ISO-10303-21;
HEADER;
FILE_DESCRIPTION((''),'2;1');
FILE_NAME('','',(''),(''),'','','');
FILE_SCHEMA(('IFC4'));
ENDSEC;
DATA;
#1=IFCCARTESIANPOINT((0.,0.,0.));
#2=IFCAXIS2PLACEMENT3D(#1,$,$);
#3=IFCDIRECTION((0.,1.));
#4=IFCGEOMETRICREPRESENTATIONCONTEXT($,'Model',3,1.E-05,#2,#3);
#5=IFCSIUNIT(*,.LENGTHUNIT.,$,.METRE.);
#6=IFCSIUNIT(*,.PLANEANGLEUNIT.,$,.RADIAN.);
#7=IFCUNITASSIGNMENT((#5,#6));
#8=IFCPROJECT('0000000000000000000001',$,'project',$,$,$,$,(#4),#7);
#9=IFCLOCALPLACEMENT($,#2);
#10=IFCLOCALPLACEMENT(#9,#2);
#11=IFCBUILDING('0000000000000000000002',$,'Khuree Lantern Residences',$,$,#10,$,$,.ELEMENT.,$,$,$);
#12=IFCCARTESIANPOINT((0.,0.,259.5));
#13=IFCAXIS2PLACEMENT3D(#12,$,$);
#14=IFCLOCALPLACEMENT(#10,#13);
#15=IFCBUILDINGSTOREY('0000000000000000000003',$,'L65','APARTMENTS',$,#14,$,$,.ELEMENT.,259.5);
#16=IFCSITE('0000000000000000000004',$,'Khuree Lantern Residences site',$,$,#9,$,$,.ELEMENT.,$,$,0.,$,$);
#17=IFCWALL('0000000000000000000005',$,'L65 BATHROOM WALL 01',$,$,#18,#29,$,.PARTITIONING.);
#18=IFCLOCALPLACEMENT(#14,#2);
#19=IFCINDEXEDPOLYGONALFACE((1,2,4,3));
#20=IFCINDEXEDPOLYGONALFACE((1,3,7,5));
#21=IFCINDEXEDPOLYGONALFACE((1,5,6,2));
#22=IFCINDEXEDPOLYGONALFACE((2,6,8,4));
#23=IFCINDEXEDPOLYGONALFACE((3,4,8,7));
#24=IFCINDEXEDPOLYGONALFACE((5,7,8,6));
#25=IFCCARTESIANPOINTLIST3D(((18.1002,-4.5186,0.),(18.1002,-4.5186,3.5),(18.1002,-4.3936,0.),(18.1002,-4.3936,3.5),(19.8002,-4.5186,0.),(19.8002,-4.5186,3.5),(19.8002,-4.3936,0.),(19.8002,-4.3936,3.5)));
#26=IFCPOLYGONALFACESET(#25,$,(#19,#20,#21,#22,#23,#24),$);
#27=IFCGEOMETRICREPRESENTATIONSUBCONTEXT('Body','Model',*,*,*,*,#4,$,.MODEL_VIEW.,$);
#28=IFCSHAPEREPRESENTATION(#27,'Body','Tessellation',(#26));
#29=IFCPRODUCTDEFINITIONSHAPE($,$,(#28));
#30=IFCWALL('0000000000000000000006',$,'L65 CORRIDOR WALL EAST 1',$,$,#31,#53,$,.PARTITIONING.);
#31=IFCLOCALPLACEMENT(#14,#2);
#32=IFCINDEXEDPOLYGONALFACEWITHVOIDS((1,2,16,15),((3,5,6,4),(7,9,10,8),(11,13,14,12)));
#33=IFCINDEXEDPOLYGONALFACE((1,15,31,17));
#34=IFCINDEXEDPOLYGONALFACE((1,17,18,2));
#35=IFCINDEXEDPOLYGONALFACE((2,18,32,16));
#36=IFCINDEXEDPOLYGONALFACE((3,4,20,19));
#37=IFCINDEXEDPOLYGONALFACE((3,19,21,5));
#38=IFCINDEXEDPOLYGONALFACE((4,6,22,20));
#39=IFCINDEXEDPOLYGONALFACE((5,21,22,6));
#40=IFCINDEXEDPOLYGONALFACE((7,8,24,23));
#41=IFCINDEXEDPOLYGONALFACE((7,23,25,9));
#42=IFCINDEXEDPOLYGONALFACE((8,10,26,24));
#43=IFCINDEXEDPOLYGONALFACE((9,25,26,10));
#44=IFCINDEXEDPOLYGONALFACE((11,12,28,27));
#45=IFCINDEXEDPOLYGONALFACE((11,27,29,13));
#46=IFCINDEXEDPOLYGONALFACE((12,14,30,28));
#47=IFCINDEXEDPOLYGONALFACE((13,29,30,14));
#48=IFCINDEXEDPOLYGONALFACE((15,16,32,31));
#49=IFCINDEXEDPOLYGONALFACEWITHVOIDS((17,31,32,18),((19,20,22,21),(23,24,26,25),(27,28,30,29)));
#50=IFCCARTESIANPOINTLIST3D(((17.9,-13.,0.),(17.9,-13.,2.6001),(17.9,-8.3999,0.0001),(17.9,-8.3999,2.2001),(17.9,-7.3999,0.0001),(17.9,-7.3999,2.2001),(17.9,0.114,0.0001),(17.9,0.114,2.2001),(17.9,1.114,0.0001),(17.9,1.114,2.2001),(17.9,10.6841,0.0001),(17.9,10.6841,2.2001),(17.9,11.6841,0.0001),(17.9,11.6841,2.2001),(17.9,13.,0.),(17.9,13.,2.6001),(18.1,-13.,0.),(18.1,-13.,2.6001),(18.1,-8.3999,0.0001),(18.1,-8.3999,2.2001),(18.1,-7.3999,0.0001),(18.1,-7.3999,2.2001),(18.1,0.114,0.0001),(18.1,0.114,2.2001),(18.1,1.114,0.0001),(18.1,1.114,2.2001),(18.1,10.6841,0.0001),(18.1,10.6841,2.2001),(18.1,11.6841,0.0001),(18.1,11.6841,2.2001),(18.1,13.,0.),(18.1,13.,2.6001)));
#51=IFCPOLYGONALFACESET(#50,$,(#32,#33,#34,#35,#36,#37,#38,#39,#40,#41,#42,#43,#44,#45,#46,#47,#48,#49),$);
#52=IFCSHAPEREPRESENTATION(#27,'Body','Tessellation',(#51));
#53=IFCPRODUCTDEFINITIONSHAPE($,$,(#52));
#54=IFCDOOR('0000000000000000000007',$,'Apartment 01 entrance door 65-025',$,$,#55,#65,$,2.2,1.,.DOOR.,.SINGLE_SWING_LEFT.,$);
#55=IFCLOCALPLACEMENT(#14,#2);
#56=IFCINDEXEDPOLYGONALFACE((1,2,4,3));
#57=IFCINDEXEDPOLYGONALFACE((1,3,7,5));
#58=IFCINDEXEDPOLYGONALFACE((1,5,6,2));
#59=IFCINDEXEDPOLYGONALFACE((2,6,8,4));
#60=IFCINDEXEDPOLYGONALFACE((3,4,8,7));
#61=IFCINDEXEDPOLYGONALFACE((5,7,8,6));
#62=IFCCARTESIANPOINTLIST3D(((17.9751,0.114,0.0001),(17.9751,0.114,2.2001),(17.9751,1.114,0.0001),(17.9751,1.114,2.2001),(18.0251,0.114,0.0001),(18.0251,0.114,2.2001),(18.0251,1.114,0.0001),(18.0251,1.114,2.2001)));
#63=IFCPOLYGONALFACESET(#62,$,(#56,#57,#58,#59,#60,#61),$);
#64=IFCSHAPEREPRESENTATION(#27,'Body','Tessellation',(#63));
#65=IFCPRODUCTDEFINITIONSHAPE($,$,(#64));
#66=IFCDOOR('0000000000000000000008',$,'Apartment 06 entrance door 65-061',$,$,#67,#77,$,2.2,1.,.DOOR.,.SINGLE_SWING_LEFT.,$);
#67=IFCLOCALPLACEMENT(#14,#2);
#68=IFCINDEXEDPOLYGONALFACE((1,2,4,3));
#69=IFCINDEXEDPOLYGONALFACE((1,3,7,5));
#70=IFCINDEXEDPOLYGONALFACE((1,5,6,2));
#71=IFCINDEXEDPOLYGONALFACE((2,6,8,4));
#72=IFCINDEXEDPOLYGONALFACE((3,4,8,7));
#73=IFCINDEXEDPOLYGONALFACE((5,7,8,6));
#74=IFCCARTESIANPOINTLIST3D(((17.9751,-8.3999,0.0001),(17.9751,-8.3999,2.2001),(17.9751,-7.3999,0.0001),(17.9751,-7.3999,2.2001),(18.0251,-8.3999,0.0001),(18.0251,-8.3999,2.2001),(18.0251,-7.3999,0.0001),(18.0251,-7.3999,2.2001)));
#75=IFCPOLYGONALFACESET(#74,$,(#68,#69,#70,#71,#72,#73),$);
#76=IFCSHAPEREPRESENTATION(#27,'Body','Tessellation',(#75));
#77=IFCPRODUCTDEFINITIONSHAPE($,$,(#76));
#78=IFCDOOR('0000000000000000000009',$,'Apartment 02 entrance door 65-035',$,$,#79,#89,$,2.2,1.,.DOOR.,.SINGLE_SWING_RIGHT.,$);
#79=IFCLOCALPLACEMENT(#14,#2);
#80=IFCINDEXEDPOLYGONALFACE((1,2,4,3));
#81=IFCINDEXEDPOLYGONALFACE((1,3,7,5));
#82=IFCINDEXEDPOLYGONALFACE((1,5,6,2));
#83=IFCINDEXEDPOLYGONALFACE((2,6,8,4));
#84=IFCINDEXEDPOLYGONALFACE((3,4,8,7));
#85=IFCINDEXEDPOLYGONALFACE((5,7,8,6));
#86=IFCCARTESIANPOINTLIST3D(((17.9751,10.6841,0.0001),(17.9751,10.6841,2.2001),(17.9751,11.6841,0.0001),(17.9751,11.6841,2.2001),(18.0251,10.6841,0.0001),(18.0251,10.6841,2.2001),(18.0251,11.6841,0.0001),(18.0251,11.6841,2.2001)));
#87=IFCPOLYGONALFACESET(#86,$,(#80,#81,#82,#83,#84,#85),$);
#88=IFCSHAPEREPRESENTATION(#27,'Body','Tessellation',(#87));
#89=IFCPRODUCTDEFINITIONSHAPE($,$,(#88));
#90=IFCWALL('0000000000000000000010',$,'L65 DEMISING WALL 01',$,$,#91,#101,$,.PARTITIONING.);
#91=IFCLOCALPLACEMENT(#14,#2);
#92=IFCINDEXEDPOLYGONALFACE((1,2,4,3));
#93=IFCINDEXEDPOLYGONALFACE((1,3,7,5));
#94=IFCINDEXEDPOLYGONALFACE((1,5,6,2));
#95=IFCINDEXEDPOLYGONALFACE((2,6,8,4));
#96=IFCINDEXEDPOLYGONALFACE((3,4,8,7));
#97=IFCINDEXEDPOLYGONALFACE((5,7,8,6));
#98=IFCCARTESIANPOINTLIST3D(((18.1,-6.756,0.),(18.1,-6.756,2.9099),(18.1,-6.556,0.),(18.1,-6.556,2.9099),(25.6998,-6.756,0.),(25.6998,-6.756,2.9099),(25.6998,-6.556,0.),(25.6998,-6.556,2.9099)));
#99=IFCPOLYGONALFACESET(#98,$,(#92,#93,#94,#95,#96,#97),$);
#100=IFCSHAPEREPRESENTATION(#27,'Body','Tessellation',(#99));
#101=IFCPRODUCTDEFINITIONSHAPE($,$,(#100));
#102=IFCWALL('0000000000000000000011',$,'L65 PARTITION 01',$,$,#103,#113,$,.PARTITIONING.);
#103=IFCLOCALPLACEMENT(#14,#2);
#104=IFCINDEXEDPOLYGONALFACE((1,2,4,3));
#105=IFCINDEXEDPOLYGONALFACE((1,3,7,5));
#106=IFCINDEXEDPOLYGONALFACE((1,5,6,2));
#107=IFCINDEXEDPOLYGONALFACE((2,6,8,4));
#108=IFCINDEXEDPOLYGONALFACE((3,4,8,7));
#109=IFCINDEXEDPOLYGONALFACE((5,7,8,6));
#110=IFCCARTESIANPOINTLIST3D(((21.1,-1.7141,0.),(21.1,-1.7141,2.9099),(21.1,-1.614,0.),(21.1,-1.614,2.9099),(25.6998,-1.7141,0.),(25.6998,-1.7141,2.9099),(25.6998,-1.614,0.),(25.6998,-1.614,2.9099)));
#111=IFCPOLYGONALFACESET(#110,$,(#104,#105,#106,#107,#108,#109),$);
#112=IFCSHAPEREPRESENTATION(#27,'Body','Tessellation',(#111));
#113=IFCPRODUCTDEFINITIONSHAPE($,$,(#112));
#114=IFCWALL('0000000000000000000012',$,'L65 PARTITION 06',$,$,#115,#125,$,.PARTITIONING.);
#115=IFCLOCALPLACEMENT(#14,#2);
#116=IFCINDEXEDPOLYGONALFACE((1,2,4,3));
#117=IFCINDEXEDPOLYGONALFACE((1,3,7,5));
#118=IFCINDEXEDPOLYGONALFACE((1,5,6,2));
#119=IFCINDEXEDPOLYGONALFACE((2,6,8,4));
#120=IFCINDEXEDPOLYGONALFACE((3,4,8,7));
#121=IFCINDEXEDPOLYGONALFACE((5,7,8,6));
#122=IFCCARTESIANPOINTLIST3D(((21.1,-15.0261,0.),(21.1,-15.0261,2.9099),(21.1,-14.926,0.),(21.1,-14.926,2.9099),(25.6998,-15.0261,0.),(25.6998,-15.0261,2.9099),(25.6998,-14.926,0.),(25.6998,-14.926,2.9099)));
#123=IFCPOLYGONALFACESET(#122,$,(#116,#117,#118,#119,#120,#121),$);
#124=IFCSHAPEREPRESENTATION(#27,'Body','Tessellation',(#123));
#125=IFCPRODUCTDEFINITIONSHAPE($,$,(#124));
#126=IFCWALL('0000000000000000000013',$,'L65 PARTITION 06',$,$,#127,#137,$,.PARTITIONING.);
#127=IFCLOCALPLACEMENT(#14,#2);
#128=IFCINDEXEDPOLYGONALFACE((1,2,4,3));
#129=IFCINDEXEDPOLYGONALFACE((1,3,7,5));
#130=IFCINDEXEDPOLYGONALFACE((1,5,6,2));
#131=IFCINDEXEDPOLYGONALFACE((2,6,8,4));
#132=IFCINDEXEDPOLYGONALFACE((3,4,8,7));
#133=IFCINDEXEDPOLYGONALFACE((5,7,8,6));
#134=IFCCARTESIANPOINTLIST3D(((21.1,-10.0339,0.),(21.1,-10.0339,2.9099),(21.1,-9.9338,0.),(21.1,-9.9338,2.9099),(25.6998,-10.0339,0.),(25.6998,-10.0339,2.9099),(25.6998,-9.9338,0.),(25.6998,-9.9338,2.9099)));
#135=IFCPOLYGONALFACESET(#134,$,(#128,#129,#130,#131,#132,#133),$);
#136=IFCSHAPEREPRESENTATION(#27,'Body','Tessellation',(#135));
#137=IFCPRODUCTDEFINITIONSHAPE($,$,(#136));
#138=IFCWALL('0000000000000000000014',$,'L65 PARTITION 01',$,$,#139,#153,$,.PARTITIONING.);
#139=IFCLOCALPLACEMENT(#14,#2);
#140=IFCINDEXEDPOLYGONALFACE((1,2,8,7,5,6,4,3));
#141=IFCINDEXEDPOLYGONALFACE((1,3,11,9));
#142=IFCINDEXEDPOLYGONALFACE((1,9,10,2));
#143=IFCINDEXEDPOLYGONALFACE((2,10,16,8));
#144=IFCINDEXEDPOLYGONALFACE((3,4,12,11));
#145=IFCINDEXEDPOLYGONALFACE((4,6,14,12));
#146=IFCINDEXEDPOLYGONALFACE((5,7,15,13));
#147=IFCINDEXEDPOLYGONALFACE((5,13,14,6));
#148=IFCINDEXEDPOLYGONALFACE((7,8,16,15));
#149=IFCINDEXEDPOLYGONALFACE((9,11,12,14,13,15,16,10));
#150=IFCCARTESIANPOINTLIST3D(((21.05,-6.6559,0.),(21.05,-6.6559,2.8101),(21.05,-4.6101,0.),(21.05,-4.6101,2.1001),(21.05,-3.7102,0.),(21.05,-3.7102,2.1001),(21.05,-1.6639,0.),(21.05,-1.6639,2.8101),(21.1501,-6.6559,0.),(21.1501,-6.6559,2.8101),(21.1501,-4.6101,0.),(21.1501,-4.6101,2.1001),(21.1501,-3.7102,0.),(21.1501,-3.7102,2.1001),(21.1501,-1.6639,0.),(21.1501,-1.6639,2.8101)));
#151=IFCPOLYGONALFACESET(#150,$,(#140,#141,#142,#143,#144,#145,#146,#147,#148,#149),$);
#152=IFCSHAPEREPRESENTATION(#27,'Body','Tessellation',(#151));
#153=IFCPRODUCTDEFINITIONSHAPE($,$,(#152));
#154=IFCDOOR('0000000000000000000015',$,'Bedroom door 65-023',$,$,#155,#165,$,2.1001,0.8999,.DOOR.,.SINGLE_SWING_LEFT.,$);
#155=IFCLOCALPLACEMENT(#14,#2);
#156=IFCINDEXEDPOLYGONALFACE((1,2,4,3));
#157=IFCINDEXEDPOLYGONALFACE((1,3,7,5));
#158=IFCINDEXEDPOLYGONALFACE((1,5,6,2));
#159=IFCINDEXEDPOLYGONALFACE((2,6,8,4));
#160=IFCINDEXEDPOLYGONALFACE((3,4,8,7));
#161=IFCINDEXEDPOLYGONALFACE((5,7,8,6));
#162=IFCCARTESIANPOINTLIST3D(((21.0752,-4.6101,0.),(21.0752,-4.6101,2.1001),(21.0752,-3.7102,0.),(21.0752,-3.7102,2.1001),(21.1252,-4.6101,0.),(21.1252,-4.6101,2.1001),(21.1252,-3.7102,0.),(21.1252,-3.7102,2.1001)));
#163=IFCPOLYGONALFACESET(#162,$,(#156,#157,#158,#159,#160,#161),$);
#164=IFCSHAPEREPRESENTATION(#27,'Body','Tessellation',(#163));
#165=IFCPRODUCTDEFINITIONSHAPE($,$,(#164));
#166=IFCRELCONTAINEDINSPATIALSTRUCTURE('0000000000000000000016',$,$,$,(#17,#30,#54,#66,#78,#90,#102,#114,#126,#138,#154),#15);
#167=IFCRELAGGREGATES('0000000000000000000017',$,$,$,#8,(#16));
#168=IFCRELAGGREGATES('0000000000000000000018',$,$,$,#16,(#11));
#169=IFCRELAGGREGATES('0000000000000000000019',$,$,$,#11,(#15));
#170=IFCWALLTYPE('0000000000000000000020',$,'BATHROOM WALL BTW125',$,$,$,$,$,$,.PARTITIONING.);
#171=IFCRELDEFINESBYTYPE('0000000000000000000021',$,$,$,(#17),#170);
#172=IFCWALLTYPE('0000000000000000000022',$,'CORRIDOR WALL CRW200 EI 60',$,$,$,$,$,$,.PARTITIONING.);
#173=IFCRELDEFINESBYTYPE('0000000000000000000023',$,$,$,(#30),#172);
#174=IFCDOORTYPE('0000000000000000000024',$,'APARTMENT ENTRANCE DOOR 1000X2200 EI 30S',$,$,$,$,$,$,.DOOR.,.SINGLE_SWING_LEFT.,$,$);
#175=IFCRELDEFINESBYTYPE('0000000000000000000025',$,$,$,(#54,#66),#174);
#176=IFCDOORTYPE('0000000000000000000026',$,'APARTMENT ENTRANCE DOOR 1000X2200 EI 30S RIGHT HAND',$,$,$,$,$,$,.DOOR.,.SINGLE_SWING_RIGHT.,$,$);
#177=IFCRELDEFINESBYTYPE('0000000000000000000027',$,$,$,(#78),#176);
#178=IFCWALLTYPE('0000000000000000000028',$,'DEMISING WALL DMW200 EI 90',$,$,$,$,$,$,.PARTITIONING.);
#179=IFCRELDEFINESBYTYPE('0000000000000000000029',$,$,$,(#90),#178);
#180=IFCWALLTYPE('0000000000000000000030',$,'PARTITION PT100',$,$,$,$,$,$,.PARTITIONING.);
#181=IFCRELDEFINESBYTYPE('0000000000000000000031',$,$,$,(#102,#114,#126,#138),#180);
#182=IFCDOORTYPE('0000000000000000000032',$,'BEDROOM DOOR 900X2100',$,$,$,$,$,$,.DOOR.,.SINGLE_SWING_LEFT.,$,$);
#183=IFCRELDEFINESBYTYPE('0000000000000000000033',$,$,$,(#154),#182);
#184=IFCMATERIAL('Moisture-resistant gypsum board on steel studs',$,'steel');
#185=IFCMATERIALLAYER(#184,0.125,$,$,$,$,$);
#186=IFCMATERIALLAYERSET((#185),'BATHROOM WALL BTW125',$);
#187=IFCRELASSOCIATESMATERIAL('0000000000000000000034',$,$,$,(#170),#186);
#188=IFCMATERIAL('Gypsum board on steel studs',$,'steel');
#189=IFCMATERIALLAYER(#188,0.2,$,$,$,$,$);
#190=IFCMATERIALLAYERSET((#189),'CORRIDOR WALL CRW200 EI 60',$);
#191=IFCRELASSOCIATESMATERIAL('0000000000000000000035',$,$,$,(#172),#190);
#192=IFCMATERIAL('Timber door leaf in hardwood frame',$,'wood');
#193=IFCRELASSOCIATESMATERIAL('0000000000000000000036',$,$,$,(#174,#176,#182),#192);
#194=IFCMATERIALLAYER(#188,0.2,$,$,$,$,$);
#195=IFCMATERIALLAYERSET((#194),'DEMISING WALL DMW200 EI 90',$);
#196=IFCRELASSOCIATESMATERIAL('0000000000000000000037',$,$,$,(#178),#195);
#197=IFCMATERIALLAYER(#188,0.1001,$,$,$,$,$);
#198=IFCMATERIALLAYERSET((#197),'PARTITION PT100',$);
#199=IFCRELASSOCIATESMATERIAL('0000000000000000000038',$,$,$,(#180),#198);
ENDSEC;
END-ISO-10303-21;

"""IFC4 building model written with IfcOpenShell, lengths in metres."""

from ifc_helpers import new_model, si_unit, direction, frame, frame_2d, origin, place, context, subcontext, project, spatial, rectangle, extrude, material, layer, layer_set, type_object, element, fill, save


model = new_model("IFC4")

# Units and contexts
model_context = context("Model", 3, precision=1e-05, world=origin(), true_north=direction((0.0, 1.0)))
body_context = subcontext(model_context, "Body", "Model", "MODEL_VIEW")
ifc_project = project(units=[si_unit("LENGTHUNIT", "METRE"), si_unit("PLANEANGLEUNIT", "RADIAN")], contexts=[model_context])

# Site, building, storey
site_placement = place(None, origin())
site = spatial("IfcSite", under=ifc_project, at=site_placement, Name="Khuree Lantern Residences site", CompositionType="ELEMENT", RefElevation=0.0)
building_placement = place(site_placement, origin())
building = spatial("IfcBuilding", under=site, at=building_placement, Name="Khuree Lantern Residences", CompositionType="ELEMENT")
storey_placement = place(building_placement, frame((0.0, 0.0, 259.5)))
storey = spatial("IfcBuildingStorey", under=building, at=storey_placement, Name="L65", Description="APARTMENTS", CompositionType="ELEMENT", Elevation=259.5)

# Shared definitions
ifc_material_1 = material(Name="Moisture-resistant gypsum board on steel studs", Category="steel")
ifc_layer_1 = layer(ifc_material_1, 0.125)
ifc_layer_set_1 = layer_set([ifc_layer_1], Name="BATHROOM WALL BTW125")
wall_type_1 = type_object("IfcWallType", Name="BATHROOM WALL BTW125", PredefinedType="PARTITIONING", material=ifc_layer_set_1)
ifc_material_2 = material(Name="Timber door leaf in hardwood frame", Category="wood")

# Wall
wall_1_placement = place(storey_placement, frame((18.1001, -4.4561, 0.0), z_axis=(0.0, 0.0, 1.0), x_axis=(1.0, 0.0, 0.0)))
element("IfcWall", 1, at=wall_1_placement, inside=storey, type_object=wall_type_1, Name="L65 BATHROOM WALL 01", PredefinedType="PARTITIONING", context=body_context, shape_type="SweptSolid", body=[
    extrude(rectangle(XDim=1.7, YDim=0.125, at=frame_2d((0.8501, 0.0))), origin(), (0.0, 0.0, 1.0), 3.5),
])

# Wall, openings, doors
ifc_material_3 = material(Name="Gypsum board on steel studs", Category="steel")
ifc_layer_2 = layer(ifc_material_3, 0.2)
ifc_layer_set_2 = layer_set([ifc_layer_2], Name="CORRIDOR WALL CRW200 EI 60")
wall_type_2 = type_object("IfcWallType", Name="CORRIDOR WALL CRW200 EI 60", PredefinedType="PARTITIONING", material=ifc_layer_set_2)
wall_2_placement = place(storey_placement, frame((18.0, -13.0, 0.0), z_axis=(0.0, 0.0, 1.0), x_axis=(0.0, 1.0, 0.0)))
wall_2 = element("IfcWall", 2, at=wall_2_placement, inside=storey, type_object=wall_type_2, Name="L65 CORRIDOR WALL EAST 1", PredefinedType="PARTITIONING", context=body_context, shape_type="SweptSolid", body=[
    extrude(rectangle(XDim=26.0, YDim=0.2, at=frame_2d((13.0, 0.0))), origin(), (0.0, 0.0, 1.0), 2.6001),
])
opening_1_placement = place(wall_2_placement, frame((13.114, 0.0, 0.0)))
opening_1 = element("IfcOpeningElement", 3, at=opening_1_placement, cuts=wall_2, PredefinedType="OPENING", context=body_context, shape_type="SweptSolid", body=[
    extrude(rectangle(XDim=1.0, YDim=2.2, at=frame_2d((0.5, 1.1001))), frame((0.0, 0.1099, 0.0), z_axis=(0.0, -1.0, 0.0), x_axis=(1.0, 0.0, 0.0)), (0.0, 0.0, 1.0), 0.22),
])
opening_2_placement = place(wall_2_placement, frame((23.6841, 0.0, 0.0)))
opening_2 = element("IfcOpeningElement", 4, at=opening_2_placement, cuts=wall_2, PredefinedType="OPENING", context=body_context, shape_type="SweptSolid", body=[
    extrude(rectangle(XDim=1.0, YDim=2.2, at=frame_2d((0.5, 1.1001))), frame((0.0, 0.1099, 0.0), z_axis=(0.0, -1.0, 0.0), x_axis=(1.0, 0.0, 0.0)), (0.0, 0.0, 1.0), 0.22),
])
opening_3_placement = place(wall_2_placement, frame((4.6001, 0.0, 0.0)))
opening_3 = element("IfcOpeningElement", 5, at=opening_3_placement, cuts=wall_2, PredefinedType="OPENING", context=body_context, shape_type="SweptSolid", body=[
    extrude(rectangle(XDim=1.0, YDim=2.2, at=frame_2d((0.5, 1.1001))), frame((0.0, 0.1099, 0.0), z_axis=(0.0, -1.0, 0.0), x_axis=(1.0, 0.0, 0.0)), (0.0, 0.0, 1.0), 0.22),
])
door_type_1 = type_object("IfcDoorType", Name="APARTMENT ENTRANCE DOOR 1000X2200 EI 30S", OperationType="SINGLE_SWING_LEFT", PredefinedType="DOOR", material=ifc_material_2)
door_1_placement = place(opening_1_placement, origin())
door_1 = element("IfcDoor", 6, at=door_1_placement, inside=storey, type_object=door_type_1, Name="Apartment 01 entrance door 65-025", OperationType="SINGLE_SWING_LEFT", OverallHeight=2.2, OverallWidth=1.0, PredefinedType="DOOR", context=body_context, shape_type="SweptSolid", body=[
    extrude(rectangle(XDim=1.0, YDim=2.2, at=frame_2d((0.5, 1.1001))), frame((0.0, 0.0249, 0.0), z_axis=(0.0, -1.0, 0.0), x_axis=(1.0, 0.0, 0.0)), (0.0, 0.0, 1.0), 0.05),
])
fill(opening_1, door_1)
door_2_placement = place(opening_3_placement, origin())
door_2 = element("IfcDoor", 7, at=door_2_placement, inside=storey, type_object=door_type_1, Name="Apartment 06 entrance door 65-061", OperationType="SINGLE_SWING_LEFT", OverallHeight=2.2, OverallWidth=1.0, PredefinedType="DOOR", context=body_context, shape_type="SweptSolid", body=[
    extrude(rectangle(XDim=1.0, YDim=2.2, at=frame_2d((0.5, 1.1001))), frame((0.0, 0.0249, 0.0), z_axis=(0.0, -1.0, 0.0), x_axis=(1.0, 0.0, 0.0)), (0.0, 0.0, 1.0), 0.05),
])
fill(opening_3, door_2)
door_type_2 = type_object("IfcDoorType", Name="APARTMENT ENTRANCE DOOR 1000X2200 EI 30S RIGHT HAND", OperationType="SINGLE_SWING_RIGHT", PredefinedType="DOOR", material=ifc_material_2)
door_3_placement = place(opening_2_placement, origin())
door_3 = element("IfcDoor", 8, at=door_3_placement, inside=storey, type_object=door_type_2, Name="Apartment 02 entrance door 65-035", OperationType="SINGLE_SWING_RIGHT", OverallHeight=2.2, OverallWidth=1.0, PredefinedType="DOOR", context=body_context, shape_type="SweptSolid", body=[
    extrude(rectangle(XDim=1.0, YDim=2.2, at=frame_2d((0.5, 1.1001))), frame((0.0, 0.0249, 0.0), z_axis=(0.0, -1.0, 0.0), x_axis=(1.0, 0.0, 0.0)), (0.0, 0.0, 1.0), 0.05),
])
fill(opening_2, door_3)

# Walls
ifc_layer_3 = layer(ifc_material_3, 0.2)
ifc_layer_set_3 = layer_set([ifc_layer_3], Name="DEMISING WALL DMW200 EI 90")
wall_type_3 = type_object("IfcWallType", Name="DEMISING WALL DMW200 EI 90", PredefinedType="PARTITIONING", material=ifc_layer_set_3)
wall_3_placement = place(storey_placement, frame((18.1001, -6.656, 0.0), z_axis=(0.0, 0.0, 1.0), x_axis=(1.0, 0.0, 0.0)))
element("IfcWall", 9, at=wall_3_placement, inside=storey, type_object=wall_type_3, Name="L65 DEMISING WALL 01", PredefinedType="PARTITIONING", context=body_context, shape_type="SweptSolid", body=[
    extrude(rectangle(XDim=7.5999, YDim=0.2, at=frame_2d((3.7998, 0.0))), origin(), (0.0, 0.0, 1.0), 2.9099),
])
ifc_layer_4 = layer(ifc_material_3, 0.1001)
ifc_layer_set_4 = layer_set([ifc_layer_4], Name="PARTITION PT100")
wall_type_4 = type_object("IfcWallType", Name="PARTITION PT100", PredefinedType="PARTITIONING", material=ifc_layer_set_4)
for number, where, z_axis, x_axis, name in (
    (10, (21.1001, -1.6641, 0.0), (0.0, 0.0, 1.0), (1.0, 0.0, 0.0), "L65 PARTITION 01"),
    (11, (21.1001, -14.9761, 0.0), (0.0, 0.0, 1.0), (1.0, 0.0, 0.0), "L65 PARTITION 06"),
    (12, (21.1001, -9.9839, 0.0), (0.0, 0.0, 1.0), (1.0, 0.0, 0.0), "L65 PARTITION 06"),
):
    element("IfcWall", number, at=place(storey_placement, frame(where, z_axis=z_axis, x_axis=x_axis)), inside=storey, type_object=wall_type_4, Name=name, PredefinedType="PARTITIONING", context=body_context, shape_type="SweptSolid", body=[
        extrude(rectangle(XDim=4.5999, YDim=0.1001, at=frame_2d((2.2998, 0.0))), origin(), (0.0, 0.0, 1.0), 2.9099),
    ])

# Wall, opening, door
wall_4_placement = place(storey_placement, frame((21.1001, -6.656, 0.0), z_axis=(0.0, 0.0, 1.0), x_axis=(0.0, 1.0, 0.0)))
wall_4 = element("IfcWall", 13, at=wall_4_placement, inside=storey, type_object=wall_type_4, Name="L65 PARTITION 01", PredefinedType="PARTITIONING", context=body_context, shape_type="SweptSolid", body=[
    extrude(rectangle(XDim=4.9919, YDim=0.1001, at=frame_2d((2.4961, 0.0))), origin(), (0.0, 0.0, 1.0), 2.8101),
])
opening_4_placement = place(wall_4_placement, frame((2.0459, 0.0, 0.0)))
opening_4 = element("IfcOpeningElement", 14, at=opening_4_placement, cuts=wall_4, PredefinedType="OPENING", context=body_context, shape_type="SweptSolid", body=[
    extrude(rectangle(XDim=0.8999, YDim=2.1001, at=frame_2d((0.45, 1.05))), frame((0.0, 0.0601, 0.0), z_axis=(0.0, -1.0, 0.0), x_axis=(1.0, 0.0, 0.0)), (0.0, 0.0, 1.0), 0.1201),
])
door_type_3 = type_object("IfcDoorType", Name="BEDROOM DOOR 900X2100", OperationType="SINGLE_SWING_LEFT", PredefinedType="DOOR", material=ifc_material_2)
door_4_placement = place(opening_4_placement, origin())
door_4 = element("IfcDoor", 15, at=door_4_placement, inside=storey, type_object=door_type_3, Name="Bedroom door 65-023", OperationType="SINGLE_SWING_LEFT", OverallHeight=2.1001, OverallWidth=0.8999, PredefinedType="DOOR", context=body_context, shape_type="SweptSolid", body=[
    extrude(rectangle(XDim=0.8999, YDim=2.1001, at=frame_2d((0.45, 1.05))), frame((0.0, 0.0249, 0.0), z_axis=(0.0, -1.0, 0.0), x_axis=(1.0, 0.0, 0.0)), (0.0, 0.0, 1.0), 0.05),
])
fill(opening_4, door_4)

save(model, "model.ifc")
